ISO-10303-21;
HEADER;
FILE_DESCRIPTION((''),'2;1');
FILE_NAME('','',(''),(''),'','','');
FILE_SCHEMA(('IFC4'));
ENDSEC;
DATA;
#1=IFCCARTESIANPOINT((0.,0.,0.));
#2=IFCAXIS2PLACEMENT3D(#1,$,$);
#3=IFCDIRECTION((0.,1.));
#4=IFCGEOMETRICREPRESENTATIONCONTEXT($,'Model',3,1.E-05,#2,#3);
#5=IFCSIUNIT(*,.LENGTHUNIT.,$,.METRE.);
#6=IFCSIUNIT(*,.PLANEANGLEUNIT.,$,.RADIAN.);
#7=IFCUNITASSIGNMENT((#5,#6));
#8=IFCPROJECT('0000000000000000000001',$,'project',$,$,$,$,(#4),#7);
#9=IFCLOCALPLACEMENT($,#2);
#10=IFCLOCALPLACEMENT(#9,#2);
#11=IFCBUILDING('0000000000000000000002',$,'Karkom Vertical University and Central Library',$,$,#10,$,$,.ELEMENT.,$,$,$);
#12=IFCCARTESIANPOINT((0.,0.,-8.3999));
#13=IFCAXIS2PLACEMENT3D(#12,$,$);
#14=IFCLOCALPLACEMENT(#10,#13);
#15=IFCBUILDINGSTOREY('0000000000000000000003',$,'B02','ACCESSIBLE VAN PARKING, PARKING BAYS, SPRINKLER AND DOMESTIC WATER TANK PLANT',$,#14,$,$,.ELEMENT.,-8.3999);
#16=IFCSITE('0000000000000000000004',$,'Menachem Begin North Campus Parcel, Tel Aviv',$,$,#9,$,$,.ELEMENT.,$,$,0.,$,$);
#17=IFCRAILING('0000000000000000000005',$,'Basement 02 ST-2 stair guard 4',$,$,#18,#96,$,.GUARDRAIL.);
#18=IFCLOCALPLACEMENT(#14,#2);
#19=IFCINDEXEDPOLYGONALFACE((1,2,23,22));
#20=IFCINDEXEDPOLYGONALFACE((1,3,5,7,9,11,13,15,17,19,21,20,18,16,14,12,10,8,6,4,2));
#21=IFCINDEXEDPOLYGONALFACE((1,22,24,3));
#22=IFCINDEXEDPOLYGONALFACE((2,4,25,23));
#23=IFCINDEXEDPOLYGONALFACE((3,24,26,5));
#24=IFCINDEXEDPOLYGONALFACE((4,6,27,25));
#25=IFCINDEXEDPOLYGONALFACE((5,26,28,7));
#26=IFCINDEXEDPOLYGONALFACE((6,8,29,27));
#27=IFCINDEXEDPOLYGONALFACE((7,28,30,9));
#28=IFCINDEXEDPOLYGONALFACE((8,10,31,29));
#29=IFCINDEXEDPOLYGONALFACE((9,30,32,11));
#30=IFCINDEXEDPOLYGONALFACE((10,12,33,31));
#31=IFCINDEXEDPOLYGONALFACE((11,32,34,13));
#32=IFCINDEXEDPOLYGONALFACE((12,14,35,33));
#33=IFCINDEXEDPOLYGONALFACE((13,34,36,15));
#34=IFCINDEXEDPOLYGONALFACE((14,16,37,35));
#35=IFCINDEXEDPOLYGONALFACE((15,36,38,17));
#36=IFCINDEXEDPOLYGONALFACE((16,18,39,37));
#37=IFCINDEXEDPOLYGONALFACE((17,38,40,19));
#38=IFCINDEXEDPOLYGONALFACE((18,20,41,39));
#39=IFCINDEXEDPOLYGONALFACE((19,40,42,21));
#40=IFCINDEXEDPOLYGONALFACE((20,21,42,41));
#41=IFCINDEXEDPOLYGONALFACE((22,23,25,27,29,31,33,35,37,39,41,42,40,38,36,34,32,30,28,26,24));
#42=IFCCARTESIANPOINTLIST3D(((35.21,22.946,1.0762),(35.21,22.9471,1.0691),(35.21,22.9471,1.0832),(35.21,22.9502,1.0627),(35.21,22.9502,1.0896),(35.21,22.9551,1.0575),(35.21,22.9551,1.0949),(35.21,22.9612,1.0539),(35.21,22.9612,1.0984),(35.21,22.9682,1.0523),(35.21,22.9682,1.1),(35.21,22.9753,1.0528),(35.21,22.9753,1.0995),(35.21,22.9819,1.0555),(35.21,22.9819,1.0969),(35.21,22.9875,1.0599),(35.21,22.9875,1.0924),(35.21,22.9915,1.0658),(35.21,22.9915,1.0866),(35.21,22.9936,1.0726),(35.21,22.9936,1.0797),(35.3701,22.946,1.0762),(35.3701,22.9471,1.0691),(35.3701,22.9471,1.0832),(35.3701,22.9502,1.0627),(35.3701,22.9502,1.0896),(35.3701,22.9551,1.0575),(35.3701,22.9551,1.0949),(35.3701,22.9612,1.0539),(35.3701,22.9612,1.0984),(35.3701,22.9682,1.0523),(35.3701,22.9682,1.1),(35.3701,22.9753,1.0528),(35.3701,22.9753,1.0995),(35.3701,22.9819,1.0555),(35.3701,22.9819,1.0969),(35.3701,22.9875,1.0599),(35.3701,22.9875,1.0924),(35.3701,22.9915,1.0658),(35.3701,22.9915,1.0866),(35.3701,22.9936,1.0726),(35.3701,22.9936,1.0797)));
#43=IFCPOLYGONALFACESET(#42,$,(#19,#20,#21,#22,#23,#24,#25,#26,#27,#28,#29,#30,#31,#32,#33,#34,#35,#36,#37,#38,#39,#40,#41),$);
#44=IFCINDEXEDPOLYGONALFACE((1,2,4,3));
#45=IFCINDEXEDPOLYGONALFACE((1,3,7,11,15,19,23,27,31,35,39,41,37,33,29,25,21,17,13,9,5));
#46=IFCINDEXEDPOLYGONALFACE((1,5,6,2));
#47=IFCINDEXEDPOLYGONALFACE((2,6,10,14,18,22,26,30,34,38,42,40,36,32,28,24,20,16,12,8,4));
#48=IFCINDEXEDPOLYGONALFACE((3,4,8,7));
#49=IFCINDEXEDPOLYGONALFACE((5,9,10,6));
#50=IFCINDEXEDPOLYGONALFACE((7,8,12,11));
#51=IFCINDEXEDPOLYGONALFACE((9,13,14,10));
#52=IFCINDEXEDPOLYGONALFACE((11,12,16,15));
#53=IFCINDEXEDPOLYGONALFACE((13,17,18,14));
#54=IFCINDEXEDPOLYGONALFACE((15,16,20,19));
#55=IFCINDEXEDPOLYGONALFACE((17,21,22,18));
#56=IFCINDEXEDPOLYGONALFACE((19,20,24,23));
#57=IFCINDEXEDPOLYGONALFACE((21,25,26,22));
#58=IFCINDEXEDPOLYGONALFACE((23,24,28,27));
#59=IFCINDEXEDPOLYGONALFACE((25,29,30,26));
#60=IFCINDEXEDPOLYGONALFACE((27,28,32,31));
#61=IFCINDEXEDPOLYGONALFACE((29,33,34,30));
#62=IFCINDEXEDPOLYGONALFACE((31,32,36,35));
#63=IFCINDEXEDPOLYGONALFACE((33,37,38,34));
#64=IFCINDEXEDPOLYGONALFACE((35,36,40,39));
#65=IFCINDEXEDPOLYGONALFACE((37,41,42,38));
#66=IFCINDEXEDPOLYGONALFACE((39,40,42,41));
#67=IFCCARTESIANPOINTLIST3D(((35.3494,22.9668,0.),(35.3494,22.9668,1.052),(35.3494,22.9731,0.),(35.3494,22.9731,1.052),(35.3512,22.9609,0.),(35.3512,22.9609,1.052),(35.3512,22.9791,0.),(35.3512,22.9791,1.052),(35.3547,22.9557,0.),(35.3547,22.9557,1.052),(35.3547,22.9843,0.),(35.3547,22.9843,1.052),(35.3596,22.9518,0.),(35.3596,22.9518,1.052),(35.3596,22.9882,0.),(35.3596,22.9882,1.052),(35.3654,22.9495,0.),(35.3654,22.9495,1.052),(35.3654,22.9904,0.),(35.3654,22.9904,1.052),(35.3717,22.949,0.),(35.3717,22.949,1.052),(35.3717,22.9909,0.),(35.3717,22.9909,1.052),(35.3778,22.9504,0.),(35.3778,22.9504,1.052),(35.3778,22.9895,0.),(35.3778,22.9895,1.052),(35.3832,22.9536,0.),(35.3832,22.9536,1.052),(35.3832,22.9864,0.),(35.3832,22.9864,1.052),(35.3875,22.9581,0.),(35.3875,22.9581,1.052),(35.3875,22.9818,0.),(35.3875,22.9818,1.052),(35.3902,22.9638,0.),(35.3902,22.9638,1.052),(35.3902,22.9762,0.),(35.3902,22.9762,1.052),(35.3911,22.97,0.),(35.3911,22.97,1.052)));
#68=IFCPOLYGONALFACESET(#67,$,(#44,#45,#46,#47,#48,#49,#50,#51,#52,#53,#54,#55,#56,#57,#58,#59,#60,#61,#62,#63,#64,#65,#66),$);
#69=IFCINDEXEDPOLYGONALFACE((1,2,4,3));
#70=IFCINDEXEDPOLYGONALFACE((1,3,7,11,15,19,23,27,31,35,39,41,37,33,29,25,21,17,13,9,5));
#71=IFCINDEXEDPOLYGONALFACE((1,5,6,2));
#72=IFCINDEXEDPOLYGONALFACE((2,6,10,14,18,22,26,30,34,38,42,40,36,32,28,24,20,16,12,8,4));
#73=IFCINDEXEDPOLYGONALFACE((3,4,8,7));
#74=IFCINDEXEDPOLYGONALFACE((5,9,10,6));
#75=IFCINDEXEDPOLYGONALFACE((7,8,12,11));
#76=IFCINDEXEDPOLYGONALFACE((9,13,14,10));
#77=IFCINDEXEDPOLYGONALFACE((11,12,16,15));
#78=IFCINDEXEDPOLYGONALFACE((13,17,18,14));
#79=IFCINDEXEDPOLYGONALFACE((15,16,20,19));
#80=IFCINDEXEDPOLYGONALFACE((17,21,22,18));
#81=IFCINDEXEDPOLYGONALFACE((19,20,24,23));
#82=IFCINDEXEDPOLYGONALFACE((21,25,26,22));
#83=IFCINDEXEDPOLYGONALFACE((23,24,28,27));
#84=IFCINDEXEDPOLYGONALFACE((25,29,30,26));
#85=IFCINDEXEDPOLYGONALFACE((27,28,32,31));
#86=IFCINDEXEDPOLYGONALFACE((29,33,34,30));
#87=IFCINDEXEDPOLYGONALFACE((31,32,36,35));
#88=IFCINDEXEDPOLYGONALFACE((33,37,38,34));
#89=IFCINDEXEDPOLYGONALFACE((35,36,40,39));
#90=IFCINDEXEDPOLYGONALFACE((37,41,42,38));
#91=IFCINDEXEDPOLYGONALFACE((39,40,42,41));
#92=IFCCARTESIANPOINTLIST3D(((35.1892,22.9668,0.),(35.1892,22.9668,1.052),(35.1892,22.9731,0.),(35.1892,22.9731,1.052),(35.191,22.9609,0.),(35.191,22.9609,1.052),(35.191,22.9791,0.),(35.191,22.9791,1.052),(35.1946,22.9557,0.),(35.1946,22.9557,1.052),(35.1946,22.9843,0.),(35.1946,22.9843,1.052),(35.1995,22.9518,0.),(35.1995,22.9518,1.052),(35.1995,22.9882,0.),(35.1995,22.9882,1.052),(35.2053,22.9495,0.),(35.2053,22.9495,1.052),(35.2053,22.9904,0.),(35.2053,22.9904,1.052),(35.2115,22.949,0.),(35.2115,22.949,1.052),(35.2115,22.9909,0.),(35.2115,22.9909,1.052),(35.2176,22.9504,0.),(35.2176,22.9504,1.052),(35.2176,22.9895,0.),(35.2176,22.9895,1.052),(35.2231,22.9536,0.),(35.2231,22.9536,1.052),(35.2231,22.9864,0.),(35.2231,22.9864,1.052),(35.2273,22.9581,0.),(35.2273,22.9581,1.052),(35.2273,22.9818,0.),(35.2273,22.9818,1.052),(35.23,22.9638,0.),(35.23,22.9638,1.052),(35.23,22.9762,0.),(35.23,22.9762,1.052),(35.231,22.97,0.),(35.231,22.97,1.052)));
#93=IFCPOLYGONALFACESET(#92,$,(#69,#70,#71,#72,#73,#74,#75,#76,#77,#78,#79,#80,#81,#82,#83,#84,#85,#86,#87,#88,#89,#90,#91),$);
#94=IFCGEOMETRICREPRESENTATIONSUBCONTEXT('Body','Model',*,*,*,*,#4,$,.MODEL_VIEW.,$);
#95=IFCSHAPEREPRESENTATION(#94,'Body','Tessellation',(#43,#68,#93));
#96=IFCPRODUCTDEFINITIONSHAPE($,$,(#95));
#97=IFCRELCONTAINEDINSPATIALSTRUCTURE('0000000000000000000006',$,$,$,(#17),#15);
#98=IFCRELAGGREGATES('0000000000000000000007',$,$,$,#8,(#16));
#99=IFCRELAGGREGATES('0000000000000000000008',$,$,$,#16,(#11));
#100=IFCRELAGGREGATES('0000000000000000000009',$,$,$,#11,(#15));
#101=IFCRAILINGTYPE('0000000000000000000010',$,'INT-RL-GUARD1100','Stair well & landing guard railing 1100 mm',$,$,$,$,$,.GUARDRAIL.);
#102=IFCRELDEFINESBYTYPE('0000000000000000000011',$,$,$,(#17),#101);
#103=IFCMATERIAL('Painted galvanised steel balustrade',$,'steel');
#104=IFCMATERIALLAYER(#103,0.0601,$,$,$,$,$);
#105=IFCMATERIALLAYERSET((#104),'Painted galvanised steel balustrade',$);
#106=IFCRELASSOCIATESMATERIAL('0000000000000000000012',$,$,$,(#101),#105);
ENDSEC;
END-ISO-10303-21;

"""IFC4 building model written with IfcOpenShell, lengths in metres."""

from ifc_helpers import new_model, si_unit, direction, frame, origin, origin_2d, place, context, subcontext, project, spatial, circle, extrude, material, layer, layer_set, type_object, element, save


model = new_model("IFC4")

# Units and contexts
model_context = context("Model", 3, precision=1e-05, world=origin(), true_north=direction((0.0, 1.0)))
body_context = subcontext(model_context, "Body", "Model", "MODEL_VIEW")
ifc_project = project(units=[si_unit("LENGTHUNIT", "METRE"), si_unit("PLANEANGLEUNIT", "RADIAN")], contexts=[model_context])

# Site, building, storey
site_placement = place(None, origin())
site = spatial("IfcSite", under=ifc_project, at=site_placement, Name="Menachem Begin North Campus Parcel, Tel Aviv", CompositionType="ELEMENT", RefElevation=0.0)
building_placement = place(site_placement, origin())
building = spatial("IfcBuilding", under=site, at=building_placement, Name="Karkom Vertical University and Central Library", CompositionType="ELEMENT")
storey_placement = place(building_placement, frame((0.0, 0.0, -8.3999)))
storey = spatial("IfcBuildingStorey", under=building, at=storey_placement, Name="B02", Description="ACCESSIBLE VAN PARKING, PARKING BAYS, SPRINKLER AND DOMESTIC WATER TANK PLANT", CompositionType="ELEMENT", Elevation=-8.3999)

# Railing
ifc_material_1 = material(Name="Painted galvanised steel balustrade", Category="steel")
ifc_layer_1 = layer(ifc_material_1, 0.0601)
ifc_layer_set_1 = layer_set([ifc_layer_1], Name="Painted galvanised steel balustrade")
railing_type_1 = type_object("IfcRailingType", Name="INT-RL-GUARD1100", Description="Stair well & landing guard railing 1100 mm", PredefinedType="GUARDRAIL", material=ifc_layer_set_1)
railing_1_placement = place(storey_placement, frame((35.3701, 22.97, 0.0)))
element("IfcRailing", 1, at=railing_1_placement, inside=storey, type_object=railing_type_1, Name="Basement 02 ST-2 stair guard 4", PredefinedType="GUARDRAIL", context=body_context, shape_type="SweptSolid", body=[
    extrude(circle(Radius=0.0239, at=origin_2d()), frame((0.0, 0.0, 1.0762), z_axis=(-1.0, 0.0, 0.0), x_axis=(0.0, -1.0, 0.0)), (0.0, 0.0, 1.0), 0.1602),
    extrude(circle(Radius=0.021, at=origin_2d()), origin(), (0.0, 0.0, 1.0), 1.052),
    extrude(circle(Radius=0.021, at=origin_2d()), frame((-0.1602, 0.0, 0.0)), (0.0, 0.0, 1.0), 1.052),
])

save(model, "model.ifc")
